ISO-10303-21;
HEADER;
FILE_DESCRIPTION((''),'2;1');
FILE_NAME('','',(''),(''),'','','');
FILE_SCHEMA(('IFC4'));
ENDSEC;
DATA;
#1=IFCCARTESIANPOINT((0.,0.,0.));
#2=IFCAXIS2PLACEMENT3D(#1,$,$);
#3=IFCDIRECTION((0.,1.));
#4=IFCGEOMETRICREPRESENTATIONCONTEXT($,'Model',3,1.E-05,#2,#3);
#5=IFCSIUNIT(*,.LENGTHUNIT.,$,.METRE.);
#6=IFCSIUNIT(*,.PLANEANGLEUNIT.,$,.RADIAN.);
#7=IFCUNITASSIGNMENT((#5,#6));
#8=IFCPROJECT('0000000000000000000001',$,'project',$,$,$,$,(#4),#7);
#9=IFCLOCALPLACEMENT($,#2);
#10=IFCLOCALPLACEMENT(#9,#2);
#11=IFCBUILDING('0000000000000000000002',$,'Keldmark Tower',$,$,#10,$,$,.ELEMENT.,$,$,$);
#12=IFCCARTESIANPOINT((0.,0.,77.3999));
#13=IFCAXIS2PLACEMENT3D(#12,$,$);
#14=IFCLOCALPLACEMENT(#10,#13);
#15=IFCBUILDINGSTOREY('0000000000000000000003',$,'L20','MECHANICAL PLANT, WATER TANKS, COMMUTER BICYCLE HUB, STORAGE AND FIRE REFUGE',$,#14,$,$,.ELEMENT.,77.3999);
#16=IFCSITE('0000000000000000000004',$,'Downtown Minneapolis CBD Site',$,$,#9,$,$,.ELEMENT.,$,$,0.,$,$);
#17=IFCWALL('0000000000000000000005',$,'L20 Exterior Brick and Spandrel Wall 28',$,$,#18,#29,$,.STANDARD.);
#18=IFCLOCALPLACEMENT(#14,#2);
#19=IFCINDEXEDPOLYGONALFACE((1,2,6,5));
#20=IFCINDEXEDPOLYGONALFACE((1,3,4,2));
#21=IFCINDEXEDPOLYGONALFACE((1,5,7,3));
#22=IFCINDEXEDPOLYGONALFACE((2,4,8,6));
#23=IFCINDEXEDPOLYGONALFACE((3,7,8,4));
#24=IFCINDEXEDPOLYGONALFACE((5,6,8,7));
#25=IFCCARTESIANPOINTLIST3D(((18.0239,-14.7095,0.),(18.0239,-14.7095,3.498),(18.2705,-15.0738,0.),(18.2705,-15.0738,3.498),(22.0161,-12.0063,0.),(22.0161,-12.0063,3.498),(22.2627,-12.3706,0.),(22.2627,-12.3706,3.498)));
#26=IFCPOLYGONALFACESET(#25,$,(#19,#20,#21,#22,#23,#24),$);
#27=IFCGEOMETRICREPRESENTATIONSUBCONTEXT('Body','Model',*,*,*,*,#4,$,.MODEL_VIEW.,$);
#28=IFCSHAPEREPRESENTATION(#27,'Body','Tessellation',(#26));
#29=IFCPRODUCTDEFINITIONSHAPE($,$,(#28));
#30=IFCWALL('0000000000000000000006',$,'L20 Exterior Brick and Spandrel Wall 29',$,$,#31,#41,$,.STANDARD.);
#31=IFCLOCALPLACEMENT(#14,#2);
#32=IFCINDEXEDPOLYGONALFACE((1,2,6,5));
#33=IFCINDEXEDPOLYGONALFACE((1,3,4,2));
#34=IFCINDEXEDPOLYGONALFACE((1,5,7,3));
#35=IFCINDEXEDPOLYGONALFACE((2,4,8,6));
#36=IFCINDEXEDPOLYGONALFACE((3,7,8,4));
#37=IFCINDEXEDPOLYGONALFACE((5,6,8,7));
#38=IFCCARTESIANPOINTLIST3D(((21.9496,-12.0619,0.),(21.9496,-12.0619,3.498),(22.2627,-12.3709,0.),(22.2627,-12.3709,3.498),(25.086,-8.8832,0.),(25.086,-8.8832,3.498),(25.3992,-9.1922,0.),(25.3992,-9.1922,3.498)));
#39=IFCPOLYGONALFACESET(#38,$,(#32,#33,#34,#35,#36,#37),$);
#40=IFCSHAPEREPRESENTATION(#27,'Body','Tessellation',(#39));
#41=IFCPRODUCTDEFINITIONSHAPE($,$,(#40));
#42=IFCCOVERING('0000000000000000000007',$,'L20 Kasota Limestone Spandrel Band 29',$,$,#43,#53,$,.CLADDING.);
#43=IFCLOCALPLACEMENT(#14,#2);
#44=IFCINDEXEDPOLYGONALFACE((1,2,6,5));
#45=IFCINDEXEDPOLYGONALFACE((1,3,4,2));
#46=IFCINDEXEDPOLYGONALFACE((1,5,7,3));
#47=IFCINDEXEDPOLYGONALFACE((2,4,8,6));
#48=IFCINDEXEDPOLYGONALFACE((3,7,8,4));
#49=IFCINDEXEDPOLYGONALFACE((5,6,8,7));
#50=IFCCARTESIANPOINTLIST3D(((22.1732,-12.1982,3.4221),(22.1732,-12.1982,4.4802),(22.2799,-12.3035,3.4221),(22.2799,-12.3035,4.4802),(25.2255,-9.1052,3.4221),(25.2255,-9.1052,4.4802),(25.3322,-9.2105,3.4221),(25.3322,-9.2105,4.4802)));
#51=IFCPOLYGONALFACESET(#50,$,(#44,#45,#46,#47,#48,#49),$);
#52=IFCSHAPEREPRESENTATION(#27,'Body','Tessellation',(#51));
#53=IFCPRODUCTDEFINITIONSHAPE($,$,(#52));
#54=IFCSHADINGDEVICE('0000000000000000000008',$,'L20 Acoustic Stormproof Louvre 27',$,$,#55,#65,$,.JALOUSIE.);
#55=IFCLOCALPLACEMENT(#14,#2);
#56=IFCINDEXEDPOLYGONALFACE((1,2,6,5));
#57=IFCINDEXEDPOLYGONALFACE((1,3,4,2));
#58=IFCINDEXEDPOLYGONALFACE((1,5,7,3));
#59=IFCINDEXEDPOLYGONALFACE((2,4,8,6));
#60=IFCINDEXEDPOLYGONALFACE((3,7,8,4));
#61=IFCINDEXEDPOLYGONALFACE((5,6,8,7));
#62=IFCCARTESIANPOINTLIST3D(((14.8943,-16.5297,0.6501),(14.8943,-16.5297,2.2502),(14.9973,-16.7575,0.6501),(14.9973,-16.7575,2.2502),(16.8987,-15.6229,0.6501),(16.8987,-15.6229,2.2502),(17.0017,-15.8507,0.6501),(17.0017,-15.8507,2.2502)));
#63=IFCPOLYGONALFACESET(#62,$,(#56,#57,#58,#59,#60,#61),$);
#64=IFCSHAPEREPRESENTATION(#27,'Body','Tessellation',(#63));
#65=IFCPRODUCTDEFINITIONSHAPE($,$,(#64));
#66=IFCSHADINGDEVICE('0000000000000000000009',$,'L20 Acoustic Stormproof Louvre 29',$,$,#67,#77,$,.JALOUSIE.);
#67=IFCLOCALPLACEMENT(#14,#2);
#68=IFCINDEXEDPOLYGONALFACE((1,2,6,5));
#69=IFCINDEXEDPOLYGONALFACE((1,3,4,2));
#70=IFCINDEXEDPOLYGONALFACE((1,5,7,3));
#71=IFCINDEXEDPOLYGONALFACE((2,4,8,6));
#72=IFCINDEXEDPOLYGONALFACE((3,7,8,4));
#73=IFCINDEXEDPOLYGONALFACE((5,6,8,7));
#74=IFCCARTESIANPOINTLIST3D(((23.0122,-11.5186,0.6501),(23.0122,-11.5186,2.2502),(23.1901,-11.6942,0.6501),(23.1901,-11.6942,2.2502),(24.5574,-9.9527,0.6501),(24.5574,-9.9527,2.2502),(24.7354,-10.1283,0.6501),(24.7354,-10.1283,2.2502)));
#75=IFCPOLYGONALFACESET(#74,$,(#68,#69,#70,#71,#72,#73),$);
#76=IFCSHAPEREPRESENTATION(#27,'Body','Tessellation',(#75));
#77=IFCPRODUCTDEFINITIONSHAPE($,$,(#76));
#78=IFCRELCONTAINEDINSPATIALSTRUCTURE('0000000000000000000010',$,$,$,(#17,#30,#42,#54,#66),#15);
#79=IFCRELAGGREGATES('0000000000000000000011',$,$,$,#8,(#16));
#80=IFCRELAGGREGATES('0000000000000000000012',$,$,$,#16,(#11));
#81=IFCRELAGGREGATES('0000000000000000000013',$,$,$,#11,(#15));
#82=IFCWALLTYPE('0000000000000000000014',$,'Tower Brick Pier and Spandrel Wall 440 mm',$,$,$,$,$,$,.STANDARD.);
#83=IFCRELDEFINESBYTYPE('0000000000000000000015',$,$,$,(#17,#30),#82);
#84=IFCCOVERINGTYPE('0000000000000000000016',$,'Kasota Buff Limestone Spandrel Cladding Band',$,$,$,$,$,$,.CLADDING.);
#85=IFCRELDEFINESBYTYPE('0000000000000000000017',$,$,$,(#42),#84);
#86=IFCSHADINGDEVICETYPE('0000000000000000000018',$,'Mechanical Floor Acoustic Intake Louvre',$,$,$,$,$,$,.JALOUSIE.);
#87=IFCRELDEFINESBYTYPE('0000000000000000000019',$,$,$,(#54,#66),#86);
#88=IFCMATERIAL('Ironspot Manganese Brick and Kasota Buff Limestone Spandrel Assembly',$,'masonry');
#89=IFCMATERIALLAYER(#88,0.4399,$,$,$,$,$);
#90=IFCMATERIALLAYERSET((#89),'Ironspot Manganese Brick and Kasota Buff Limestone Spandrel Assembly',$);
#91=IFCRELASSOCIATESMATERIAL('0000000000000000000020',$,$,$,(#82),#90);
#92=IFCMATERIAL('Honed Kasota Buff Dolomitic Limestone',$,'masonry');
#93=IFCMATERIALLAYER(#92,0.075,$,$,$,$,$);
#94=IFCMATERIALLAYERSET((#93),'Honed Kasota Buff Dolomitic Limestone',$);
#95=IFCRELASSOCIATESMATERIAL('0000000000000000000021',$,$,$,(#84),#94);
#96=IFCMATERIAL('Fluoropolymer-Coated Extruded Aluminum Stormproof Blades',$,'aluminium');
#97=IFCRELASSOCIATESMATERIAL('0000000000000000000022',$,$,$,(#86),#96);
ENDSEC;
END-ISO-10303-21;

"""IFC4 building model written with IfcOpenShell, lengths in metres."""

from ifc_helpers import new_model, si_unit, direction, frame, frame_2d, origin, origin_2d, place, context, subcontext, project, spatial, rectangle, extrude, material, layer, layer_set, type_object, element, save


model = new_model("IFC4")

# Units and contexts
model_context = context("Model", 3, precision=1e-05, world=origin(), true_north=direction((0.0, 1.0)))
body_context = subcontext(model_context, "Body", "Model", "MODEL_VIEW")
ifc_project = project(units=[si_unit("LENGTHUNIT", "METRE"), si_unit("PLANEANGLEUNIT", "RADIAN")], contexts=[model_context])

# Site, building, storey
site_placement = place(None, origin())
site = spatial("IfcSite", under=ifc_project, at=site_placement, Name="Downtown Minneapolis CBD Site", CompositionType="ELEMENT", RefElevation=0.0)
building_placement = place(site_placement, origin())
building = spatial("IfcBuilding", under=site, at=building_placement, Name="Keldmark Tower", CompositionType="ELEMENT")
storey_placement = place(building_placement, frame((0.0, 0.0, 77.3999)))
storey = spatial("IfcBuildingStorey", under=building, at=storey_placement, Name="L20", Description="MECHANICAL PLANT, WATER TANKS, COMMUTER BICYCLE HUB, STORAGE AND FIRE REFUGE", CompositionType="ELEMENT", Elevation=77.3999)

# Walls
ifc_material_1 = material(Name="Ironspot Manganese Brick and Kasota Buff Limestone Spandrel Assembly", Category="masonry")
ifc_layer_1 = layer(ifc_material_1, 0.4399)
ifc_layer_set_1 = layer_set([ifc_layer_1], Name="Ironspot Manganese Brick and Kasota Buff Limestone Spandrel Assembly")
wall_type_1 = type_object("IfcWallType", Name="Tower Brick Pier and Spandrel Wall 440 mm", PredefinedType="STANDARD", material=ifc_layer_set_1)
wall_1_placement = place(storey_placement, frame((22.1394, -12.1885, 0.0), z_axis=(0.0, 0.0, 1.0), x_axis=(-0.82804, -0.560669, 0.0)))
element("IfcWall", 1, at=wall_1_placement, inside=storey, type_object=wall_type_1, Name="L20 Exterior Brick and Spandrel Wall 28", PredefinedType="STANDARD", context=body_context, shape_type="SweptSolid", body=[
    extrude(rectangle(XDim=4.8213, YDim=0.4399, at=frame_2d((2.4106, 0.0))), origin(), (0.0, 0.0, 1.0), 3.498),
])
wall_2_placement = place(storey_placement, frame((25.2427, -9.0376, 0.0), z_axis=(0.0, 0.0, 1.0), x_axis=(-0.702362, -0.71182, 0.0)))
element("IfcWall", 2, at=wall_2_placement, inside=storey, type_object=wall_type_1, Name="L20 Exterior Brick and Spandrel Wall 29", PredefinedType="STANDARD", context=body_context, shape_type="SweptSolid", body=[
    extrude(rectangle(XDim=4.4656, YDim=0.4399, at=frame_2d((2.2329, 0.0))), origin(), (0.0, 0.0, 1.0), 3.498),
])

# Covering
ifc_material_2 = material(Name="Honed Kasota Buff Dolomitic Limestone", Category="masonry")
ifc_layer_2 = layer(ifc_material_2, 0.075)
ifc_layer_set_2 = layer_set([ifc_layer_2], Name="Honed Kasota Buff Dolomitic Limestone")
covering_type = type_object("IfcCoveringType", Name="Kasota Buff Limestone Spandrel Cladding Band", PredefinedType="CLADDING", material=ifc_layer_set_2)
covering_placement = place(storey_placement, frame((23.7527, -10.7043, 3.4221), z_axis=(0.0, 0.0, 1.0), x_axis=(0.702402, 0.711781, 0.0)))
element("IfcCovering", 3, at=covering_placement, inside=storey, type_object=covering_type, Name="L20 Kasota Limestone Spandrel Band 29", PredefinedType="CLADDING", context=body_context, shape_type="SweptSolid", body=[
    extrude(rectangle(XDim=4.3455, YDim=0.1499, at=origin_2d()), origin(), (0.0, 0.0, 1.0), 1.0581),
])

# Shading devices
ifc_material_3 = material(Name="Fluoropolymer-Coated Extruded Aluminum Stormproof Blades", Category="aluminium")
shading_device_type = type_object("IfcShadingDeviceType", Name="Mechanical Floor Acoustic Intake Louvre", PredefinedType="JALOUSIE", material=ifc_material_3)
for number, where, z_axis, x_axis, name in (
    (4, (15.948, -16.1902, 0.6501), (0.0, 0.0, 1.0), (0.911094, 0.412198, 0.0), "L20 Acoustic Stormproof Louvre 27"),
    (5, (23.8738, -10.8235, 0.6501), (0.0, 0.0, 1.0), (0.702402, 0.711781, 0.0), "L20 Acoustic Stormproof Louvre 29"),
):
    element("IfcShadingDevice", number, at=place(storey_placement, frame(where, z_axis=z_axis, x_axis=x_axis)), inside=storey, type_object=shading_device_type, Name=name, PredefinedType="JALOUSIE", context=body_context, shape_type="SweptSolid", body=[
        extrude(rectangle(XDim=2.2, YDim=0.25, at=origin_2d()), origin(), (0.0, 0.0, 1.0), 1.6001),
    ])

save(model, "model.ifc")
